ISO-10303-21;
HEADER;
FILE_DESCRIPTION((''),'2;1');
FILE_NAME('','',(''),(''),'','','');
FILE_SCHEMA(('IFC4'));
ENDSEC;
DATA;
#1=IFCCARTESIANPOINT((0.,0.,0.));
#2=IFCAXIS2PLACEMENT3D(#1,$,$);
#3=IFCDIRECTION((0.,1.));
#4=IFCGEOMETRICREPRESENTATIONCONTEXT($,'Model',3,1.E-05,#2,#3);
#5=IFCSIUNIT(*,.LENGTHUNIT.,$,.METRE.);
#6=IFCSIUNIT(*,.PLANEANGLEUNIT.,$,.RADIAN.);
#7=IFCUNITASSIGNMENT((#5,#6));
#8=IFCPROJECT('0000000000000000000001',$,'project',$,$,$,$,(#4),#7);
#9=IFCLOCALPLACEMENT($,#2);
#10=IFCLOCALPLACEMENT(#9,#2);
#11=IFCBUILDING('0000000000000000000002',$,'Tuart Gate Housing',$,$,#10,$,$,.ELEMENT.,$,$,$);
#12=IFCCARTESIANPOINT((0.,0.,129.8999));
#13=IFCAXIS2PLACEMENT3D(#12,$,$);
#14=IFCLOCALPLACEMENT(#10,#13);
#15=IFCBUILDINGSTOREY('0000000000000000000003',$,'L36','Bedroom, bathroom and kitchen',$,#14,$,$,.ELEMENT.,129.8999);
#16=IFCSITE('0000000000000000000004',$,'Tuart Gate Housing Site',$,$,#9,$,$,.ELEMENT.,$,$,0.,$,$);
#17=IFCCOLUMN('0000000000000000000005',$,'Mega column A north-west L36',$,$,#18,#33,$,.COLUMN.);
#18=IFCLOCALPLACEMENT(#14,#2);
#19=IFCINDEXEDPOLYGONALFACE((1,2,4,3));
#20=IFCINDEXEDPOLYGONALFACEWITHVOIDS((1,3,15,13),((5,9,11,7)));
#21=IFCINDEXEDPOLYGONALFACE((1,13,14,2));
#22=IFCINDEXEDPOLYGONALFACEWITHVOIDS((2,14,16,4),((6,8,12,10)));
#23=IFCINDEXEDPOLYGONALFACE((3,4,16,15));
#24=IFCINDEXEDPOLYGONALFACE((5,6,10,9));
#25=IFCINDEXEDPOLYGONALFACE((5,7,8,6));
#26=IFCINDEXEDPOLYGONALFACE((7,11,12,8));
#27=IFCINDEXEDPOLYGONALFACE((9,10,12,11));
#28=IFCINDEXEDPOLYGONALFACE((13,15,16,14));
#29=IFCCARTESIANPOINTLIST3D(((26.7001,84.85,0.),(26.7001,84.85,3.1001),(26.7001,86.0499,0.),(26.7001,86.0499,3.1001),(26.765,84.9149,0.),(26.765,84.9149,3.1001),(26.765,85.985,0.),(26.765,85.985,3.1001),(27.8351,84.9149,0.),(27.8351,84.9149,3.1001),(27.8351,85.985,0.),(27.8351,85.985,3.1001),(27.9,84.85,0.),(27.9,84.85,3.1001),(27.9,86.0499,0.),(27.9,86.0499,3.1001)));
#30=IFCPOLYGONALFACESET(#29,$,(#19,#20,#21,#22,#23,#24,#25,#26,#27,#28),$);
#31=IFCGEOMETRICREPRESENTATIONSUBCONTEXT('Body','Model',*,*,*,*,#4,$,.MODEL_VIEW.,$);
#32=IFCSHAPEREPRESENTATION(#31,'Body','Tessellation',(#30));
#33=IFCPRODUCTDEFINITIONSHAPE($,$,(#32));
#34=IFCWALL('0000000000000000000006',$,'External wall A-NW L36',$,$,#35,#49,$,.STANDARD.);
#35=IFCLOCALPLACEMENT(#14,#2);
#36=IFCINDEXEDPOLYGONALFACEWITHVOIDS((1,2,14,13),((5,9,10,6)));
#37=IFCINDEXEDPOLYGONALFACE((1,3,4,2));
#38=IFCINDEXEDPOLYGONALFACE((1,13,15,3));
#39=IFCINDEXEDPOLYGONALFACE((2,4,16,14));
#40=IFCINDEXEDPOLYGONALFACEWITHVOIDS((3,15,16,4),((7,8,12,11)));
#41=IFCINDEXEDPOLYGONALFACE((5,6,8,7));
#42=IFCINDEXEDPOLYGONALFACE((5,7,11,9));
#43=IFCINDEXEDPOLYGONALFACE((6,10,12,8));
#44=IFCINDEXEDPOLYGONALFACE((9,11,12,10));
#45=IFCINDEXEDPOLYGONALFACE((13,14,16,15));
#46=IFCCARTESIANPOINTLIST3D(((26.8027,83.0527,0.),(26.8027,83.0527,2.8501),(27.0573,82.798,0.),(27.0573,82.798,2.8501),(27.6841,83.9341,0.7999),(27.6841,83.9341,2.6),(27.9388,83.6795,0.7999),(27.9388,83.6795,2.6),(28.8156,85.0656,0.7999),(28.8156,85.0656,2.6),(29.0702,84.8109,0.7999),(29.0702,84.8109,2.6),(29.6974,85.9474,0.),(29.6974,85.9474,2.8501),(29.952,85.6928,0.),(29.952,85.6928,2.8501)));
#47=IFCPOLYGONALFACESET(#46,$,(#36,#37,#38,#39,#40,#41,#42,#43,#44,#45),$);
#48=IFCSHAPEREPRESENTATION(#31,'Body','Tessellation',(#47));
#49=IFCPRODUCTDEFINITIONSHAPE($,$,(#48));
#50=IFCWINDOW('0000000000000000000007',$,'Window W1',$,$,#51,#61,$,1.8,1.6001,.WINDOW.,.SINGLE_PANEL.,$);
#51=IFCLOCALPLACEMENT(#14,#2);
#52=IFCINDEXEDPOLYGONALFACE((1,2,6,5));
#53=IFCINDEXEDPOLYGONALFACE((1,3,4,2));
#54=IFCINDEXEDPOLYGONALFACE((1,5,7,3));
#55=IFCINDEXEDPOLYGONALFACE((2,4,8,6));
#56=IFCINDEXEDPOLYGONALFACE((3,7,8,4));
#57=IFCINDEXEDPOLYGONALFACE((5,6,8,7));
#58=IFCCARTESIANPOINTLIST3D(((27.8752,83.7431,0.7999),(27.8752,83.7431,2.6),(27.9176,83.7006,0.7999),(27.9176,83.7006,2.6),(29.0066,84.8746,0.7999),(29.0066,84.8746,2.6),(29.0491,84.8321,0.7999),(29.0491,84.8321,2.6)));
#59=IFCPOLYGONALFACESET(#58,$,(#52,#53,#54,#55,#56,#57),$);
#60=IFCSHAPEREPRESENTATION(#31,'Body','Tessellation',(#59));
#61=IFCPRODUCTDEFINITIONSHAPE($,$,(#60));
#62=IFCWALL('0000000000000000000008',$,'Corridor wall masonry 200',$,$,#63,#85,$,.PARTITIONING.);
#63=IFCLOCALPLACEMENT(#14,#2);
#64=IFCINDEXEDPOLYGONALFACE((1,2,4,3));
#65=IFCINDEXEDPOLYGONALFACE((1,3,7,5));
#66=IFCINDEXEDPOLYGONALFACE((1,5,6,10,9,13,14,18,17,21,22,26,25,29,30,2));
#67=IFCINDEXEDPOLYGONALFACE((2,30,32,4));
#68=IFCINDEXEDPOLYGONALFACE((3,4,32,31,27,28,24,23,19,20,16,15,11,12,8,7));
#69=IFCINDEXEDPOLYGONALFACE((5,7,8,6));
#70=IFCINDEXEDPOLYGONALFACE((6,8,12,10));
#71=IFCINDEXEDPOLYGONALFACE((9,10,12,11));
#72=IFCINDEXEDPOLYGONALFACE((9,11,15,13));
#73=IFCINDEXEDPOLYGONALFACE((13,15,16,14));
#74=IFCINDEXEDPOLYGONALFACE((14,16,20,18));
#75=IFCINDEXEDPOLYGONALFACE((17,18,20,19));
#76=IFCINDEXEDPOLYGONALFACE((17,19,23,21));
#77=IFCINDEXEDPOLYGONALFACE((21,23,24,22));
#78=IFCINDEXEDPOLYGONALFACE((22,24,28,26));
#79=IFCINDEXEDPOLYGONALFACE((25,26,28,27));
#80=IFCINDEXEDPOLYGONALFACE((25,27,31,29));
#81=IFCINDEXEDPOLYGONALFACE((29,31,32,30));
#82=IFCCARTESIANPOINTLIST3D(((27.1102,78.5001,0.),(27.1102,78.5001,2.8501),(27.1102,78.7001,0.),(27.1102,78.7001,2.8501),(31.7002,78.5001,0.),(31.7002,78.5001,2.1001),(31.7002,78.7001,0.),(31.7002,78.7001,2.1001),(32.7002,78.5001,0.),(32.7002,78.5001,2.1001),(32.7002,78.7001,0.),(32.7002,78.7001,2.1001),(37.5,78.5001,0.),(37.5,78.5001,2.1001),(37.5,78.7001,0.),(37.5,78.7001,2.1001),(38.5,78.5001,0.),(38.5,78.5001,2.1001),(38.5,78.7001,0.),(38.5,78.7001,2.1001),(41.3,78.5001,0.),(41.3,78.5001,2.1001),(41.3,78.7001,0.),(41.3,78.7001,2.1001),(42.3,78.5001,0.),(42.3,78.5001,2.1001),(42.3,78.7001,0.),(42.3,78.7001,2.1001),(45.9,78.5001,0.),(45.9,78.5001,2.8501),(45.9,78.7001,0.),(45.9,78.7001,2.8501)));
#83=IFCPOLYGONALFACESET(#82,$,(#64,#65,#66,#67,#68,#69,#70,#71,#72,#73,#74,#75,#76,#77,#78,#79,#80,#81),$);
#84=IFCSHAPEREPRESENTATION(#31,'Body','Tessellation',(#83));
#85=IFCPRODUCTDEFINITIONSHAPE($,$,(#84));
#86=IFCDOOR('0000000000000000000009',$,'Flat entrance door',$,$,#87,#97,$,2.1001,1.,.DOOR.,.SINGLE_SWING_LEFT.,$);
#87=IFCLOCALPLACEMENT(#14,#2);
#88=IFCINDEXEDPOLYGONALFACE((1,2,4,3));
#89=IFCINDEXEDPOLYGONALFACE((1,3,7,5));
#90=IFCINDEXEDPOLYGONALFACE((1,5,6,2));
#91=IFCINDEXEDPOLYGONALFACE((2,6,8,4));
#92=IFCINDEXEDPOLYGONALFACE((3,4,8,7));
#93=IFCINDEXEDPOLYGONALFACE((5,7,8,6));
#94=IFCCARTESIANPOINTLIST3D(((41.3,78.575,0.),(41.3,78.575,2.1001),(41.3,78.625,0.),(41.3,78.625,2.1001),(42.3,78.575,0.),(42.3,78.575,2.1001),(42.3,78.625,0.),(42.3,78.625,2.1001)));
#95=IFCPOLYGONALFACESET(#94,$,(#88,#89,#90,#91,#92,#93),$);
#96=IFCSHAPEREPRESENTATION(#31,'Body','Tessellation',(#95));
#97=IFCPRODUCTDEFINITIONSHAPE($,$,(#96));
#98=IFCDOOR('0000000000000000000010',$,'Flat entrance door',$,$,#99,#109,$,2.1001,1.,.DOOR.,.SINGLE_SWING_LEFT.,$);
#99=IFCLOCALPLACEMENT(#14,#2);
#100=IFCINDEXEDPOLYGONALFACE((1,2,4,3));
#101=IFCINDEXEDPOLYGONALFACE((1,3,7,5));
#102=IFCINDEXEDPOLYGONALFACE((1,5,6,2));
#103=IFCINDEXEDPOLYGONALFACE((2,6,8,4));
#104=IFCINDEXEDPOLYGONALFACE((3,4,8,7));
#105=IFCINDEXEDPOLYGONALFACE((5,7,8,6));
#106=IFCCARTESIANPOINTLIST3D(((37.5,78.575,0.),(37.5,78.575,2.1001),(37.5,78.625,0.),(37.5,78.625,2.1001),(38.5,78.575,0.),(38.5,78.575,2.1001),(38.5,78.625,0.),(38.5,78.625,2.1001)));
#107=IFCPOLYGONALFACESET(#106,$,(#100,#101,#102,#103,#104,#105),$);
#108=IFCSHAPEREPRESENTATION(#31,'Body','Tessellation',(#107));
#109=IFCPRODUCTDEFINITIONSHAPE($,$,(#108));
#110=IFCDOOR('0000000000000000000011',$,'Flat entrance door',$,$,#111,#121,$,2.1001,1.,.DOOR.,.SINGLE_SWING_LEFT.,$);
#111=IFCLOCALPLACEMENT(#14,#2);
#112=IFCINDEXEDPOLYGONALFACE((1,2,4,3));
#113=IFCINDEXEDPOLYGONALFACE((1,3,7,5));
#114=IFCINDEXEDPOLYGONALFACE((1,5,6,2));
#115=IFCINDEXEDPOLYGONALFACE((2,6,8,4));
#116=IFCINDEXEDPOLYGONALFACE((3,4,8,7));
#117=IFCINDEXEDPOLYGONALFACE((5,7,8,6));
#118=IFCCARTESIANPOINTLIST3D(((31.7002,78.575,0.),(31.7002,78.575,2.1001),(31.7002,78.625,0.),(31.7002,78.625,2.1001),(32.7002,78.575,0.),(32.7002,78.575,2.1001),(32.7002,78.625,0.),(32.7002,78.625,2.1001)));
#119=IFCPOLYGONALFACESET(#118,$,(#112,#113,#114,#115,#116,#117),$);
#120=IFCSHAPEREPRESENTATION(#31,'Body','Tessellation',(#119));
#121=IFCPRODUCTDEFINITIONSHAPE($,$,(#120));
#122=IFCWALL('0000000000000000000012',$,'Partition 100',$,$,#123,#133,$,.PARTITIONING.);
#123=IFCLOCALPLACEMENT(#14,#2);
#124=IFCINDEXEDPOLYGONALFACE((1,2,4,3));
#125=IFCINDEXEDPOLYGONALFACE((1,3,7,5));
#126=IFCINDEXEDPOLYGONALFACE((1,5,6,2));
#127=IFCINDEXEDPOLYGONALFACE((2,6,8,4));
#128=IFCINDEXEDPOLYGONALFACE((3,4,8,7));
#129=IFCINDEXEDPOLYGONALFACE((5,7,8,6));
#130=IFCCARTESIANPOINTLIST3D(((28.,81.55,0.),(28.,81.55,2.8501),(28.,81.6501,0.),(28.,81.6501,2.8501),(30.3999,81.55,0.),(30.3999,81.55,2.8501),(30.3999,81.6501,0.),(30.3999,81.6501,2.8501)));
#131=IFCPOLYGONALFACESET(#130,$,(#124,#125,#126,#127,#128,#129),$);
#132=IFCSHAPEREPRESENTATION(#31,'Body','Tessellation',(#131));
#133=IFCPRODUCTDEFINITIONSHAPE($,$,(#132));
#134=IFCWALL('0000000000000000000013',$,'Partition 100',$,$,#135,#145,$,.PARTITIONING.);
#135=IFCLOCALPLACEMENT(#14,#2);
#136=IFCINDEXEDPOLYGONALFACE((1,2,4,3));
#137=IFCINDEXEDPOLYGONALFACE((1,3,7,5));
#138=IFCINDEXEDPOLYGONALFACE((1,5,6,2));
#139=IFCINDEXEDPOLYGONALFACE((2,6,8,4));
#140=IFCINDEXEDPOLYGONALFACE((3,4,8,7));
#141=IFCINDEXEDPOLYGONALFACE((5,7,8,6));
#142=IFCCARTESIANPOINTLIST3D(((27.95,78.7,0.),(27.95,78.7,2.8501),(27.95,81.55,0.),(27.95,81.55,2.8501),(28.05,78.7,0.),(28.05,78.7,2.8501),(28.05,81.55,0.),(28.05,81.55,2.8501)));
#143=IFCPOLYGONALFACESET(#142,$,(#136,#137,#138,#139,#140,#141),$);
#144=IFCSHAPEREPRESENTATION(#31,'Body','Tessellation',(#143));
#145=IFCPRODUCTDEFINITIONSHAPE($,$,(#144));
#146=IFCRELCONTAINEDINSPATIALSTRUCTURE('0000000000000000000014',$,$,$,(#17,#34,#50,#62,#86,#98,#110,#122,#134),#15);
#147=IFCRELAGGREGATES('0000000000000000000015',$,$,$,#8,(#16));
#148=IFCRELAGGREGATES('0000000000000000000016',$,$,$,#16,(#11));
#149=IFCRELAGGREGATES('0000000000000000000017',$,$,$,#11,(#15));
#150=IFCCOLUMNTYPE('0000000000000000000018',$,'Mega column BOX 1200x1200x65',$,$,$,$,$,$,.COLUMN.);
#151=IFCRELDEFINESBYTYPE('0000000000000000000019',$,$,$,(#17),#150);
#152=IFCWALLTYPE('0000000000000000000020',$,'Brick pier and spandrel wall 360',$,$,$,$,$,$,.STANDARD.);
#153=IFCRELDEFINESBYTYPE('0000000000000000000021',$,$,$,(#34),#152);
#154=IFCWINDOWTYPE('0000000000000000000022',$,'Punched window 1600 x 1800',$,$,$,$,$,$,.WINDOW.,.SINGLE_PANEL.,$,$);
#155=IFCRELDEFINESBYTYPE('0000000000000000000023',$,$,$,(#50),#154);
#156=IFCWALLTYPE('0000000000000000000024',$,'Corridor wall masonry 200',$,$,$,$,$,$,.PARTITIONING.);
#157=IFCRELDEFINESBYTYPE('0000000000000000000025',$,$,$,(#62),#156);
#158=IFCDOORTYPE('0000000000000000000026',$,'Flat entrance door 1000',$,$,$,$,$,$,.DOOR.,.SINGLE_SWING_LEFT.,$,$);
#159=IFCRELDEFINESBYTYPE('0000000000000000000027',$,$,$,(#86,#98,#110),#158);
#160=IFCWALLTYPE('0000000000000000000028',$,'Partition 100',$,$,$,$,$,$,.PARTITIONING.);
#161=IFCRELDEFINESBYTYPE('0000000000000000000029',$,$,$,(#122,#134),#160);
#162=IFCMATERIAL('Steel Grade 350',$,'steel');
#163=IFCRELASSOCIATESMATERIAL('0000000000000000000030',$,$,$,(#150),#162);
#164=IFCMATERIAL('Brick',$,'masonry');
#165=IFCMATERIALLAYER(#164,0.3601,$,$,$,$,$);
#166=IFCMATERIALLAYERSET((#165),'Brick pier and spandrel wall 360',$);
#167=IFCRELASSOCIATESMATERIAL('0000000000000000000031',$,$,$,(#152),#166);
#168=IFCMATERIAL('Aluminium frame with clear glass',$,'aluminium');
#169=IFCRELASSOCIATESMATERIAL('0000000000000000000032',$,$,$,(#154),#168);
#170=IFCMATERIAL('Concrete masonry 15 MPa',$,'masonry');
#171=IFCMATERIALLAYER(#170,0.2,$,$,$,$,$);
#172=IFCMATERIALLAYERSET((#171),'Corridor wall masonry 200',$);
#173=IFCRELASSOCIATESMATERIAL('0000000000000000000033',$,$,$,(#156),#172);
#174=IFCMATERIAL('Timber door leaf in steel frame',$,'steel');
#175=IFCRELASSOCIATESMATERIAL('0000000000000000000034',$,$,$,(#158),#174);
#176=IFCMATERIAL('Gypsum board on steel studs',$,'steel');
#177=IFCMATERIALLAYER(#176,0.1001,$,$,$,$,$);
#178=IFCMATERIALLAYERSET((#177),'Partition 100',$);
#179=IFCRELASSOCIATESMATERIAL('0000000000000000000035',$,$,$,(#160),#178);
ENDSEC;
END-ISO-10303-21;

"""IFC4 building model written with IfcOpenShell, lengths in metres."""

from ifc_helpers import new_model, si_unit, direction, frame, frame_2d, origin, origin_2d, place, context, subcontext, project, spatial, rectangle, hollow_rectangle, extrude, material, layer, layer_set, material_profile, profile_set, type_object, element, fill, save


model = new_model("IFC4")

# Units and contexts
model_context = context("Model", 3, precision=1e-05, world=origin(), true_north=direction((0.0, 1.0)))
body_context = subcontext(model_context, "Body", "Model", "MODEL_VIEW")
ifc_project = project(units=[si_unit("LENGTHUNIT", "METRE"), si_unit("PLANEANGLEUNIT", "RADIAN")], contexts=[model_context])

# Site, building, storey
site_placement = place(None, origin())
site = spatial("IfcSite", under=ifc_project, at=site_placement, Name="Tuart Gate Housing Site", CompositionType="ELEMENT", RefElevation=0.0)
building_placement = place(site_placement, origin())
building = spatial("IfcBuilding", under=site, at=building_placement, Name="Tuart Gate Housing", CompositionType="ELEMENT")
storey_placement = place(building_placement, frame((0.0, 0.0, 129.8999)))
storey = spatial("IfcBuildingStorey", under=building, at=storey_placement, Name="L36", Description="Bedroom, bathroom and kitchen", CompositionType="ELEMENT", Elevation=129.8999)

# Column
ifc_material_1 = material(Name="Steel Grade 350", Category="steel")
ifc_material_profile = material_profile(ifc_material_1, hollow_rectangle(XDim=1.2, YDim=1.2, WallThickness=0.0649, at=origin_2d()), Name="BOX 1200x1200x65")
ifc_profile_set = profile_set([ifc_material_profile], Name="Steel Grade 350")
column_type = type_object("IfcColumnType", Name="Mega column BOX 1200x1200x65", PredefinedType="COLUMN", material=ifc_profile_set)
column_placement = place(storey_placement, frame((27.3, 85.45, 0.0), z_axis=(0.0, 0.0, 1.0), x_axis=(1.0, 0.0, 0.0)))
element("IfcColumn", 1, at=column_placement, inside=storey, type_object=column_type, Name="Mega column A north-west L36", PredefinedType="COLUMN", context=body_context, shape_type="SweptSolid", body=[
    extrude(hollow_rectangle(XDim=1.2, YDim=1.2, WallThickness=0.0649, at=origin_2d()), origin(), (0.0, 0.0, 1.0), 3.1001),
])

# Wall, opening, window
ifc_material_2 = material(Name="Brick", Category="masonry")
ifc_layer_1 = layer(ifc_material_2, 0.3601)
ifc_layer_set_1 = layer_set([ifc_layer_1], Name="Brick pier and spandrel wall 360")
wall_type_1 = type_object("IfcWallType", Name="Brick pier and spandrel wall 360", PredefinedType="STANDARD", material=ifc_layer_set_1)
wall_1_placement = place(storey_placement, frame((29.8247, 85.8201, 0.0), z_axis=(0.0, 0.0, 1.0), x_axis=(-0.707107, -0.707107, 0.0)))
wall_1 = element("IfcWall", 2, at=wall_1_placement, inside=storey, type_object=wall_type_1, Name="External wall A-NW L36", PredefinedType="STANDARD", context=body_context, shape_type="SweptSolid", body=[
    extrude(rectangle(XDim=4.0938, YDim=0.3601, at=frame_2d((2.0469, 0.0))), origin(), (0.0, 0.0, 1.0), 2.8501),
])
opening_1_placement = place(wall_1_placement, frame((1.2471, 0.0, 0.8)))
opening_1 = element("IfcOpeningElement", 3, at=opening_1_placement, cuts=wall_1, PredefinedType="OPENING", context=body_context, shape_type="SweptSolid", body=[
    extrude(rectangle(XDim=1.6001, YDim=1.8, at=frame_2d((0.8, 0.8999))), frame((0.0, 0.1899, 0.0), z_axis=(0.0, -1.0, 0.0), x_axis=(1.0, 0.0, 0.0)), (0.0, 0.0, 1.0), 0.3801),
])
ifc_material_3 = material(Name="Aluminium frame with clear glass", Category="aluminium")
window_type_1 = type_object("IfcWindowType", Name="Punched window 1600 x 1800", PartitioningType="SINGLE_PANEL", PredefinedType="WINDOW", material=ifc_material_3)
window_1_placement = place(opening_1_placement, origin())
window_1 = element("IfcWindow", 4, at=window_1_placement, inside=storey, type_object=window_type_1, Name="Window W1", OverallHeight=1.8, OverallWidth=1.6001, PartitioningType="SINGLE_PANEL", PredefinedType="WINDOW", context=body_context, shape_type="SweptSolid", body=[
    extrude(rectangle(XDim=1.6001, YDim=1.8, at=frame_2d((0.8, 0.8999))), frame((0.0, 0.1501, 0.0), z_axis=(0.0, -1.0, 0.0), x_axis=(1.0, 0.0, 0.0)), (0.0, 0.0, 1.0), 0.0601),
])
fill(opening_1, window_1)

# Wall, openings, doors
ifc_material_4 = material(Name="Concrete masonry 15 MPa", Category="masonry")
ifc_layer_2 = layer(ifc_material_4, 0.2)
ifc_layer_set_2 = layer_set([ifc_layer_2], Name="Corridor wall masonry 200")
wall_type_2 = type_object("IfcWallType", Name="Corridor wall masonry 200", PredefinedType="PARTITIONING", material=ifc_layer_set_2)
wall_2_placement = place(storey_placement, frame((27.1101, 78.6001, 0.0), z_axis=(0.0, 0.0, 1.0), x_axis=(1.0, 0.0, 0.0)))
wall_2 = element("IfcWall", 5, at=wall_2_placement, inside=storey, type_object=wall_type_2, Name="Corridor wall masonry 200", PredefinedType="PARTITIONING", context=body_context, shape_type="SweptSolid", body=[
    extrude(rectangle(XDim=18.7898, YDim=0.2, at=frame_2d((9.395, 0.0))), origin(), (0.0, 0.0, 1.0), 2.8501),
])
opening_2_placement = place(wall_2_placement, frame((14.1899, 0.0, 0.0)))
opening_2 = element("IfcOpeningElement", 6, at=opening_2_placement, cuts=wall_2, PredefinedType="OPENING", context=body_context, shape_type="SweptSolid", body=[
    extrude(rectangle(XDim=1.0, YDim=2.1001, at=frame_2d((0.5, 1.05))), frame((0.0, 0.1099, 0.0), z_axis=(0.0, -1.0, 0.0), x_axis=(1.0, 0.0, 0.0)), (0.0, 0.0, 1.0), 0.22),
])
opening_3_placement = place(wall_2_placement, frame((10.3899, 0.0, 0.0)))
opening_3 = element("IfcOpeningElement", 7, at=opening_3_placement, cuts=wall_2, PredefinedType="OPENING", context=body_context, shape_type="SweptSolid", body=[
    extrude(rectangle(XDim=1.0, YDim=2.1001, at=frame_2d((0.5, 1.05))), frame((0.0, 0.1099, 0.0), z_axis=(0.0, -1.0, 0.0), x_axis=(1.0, 0.0, 0.0)), (0.0, 0.0, 1.0), 0.22),
])
opening_4_placement = place(wall_2_placement, frame((4.5901, 0.0, 0.0)))
opening_4 = element("IfcOpeningElement", 8, at=opening_4_placement, cuts=wall_2, PredefinedType="OPENING", context=body_context, shape_type="SweptSolid", body=[
    extrude(rectangle(XDim=1.0, YDim=2.1001, at=frame_2d((0.5, 1.05))), frame((0.0, 0.1099, 0.0), z_axis=(0.0, -1.0, 0.0), x_axis=(1.0, 0.0, 0.0)), (0.0, 0.0, 1.0), 0.22),
])
ifc_material_5 = material(Name="Timber door leaf in steel frame", Category="steel")
door_type_1 = type_object("IfcDoorType", Name="Flat entrance door 1000", OperationType="SINGLE_SWING_LEFT", PredefinedType="DOOR", material=ifc_material_5)
door_1_placement = place(opening_2_placement, origin())
door_1 = element("IfcDoor", 9, at=door_1_placement, inside=storey, type_object=door_type_1, Name="Flat entrance door", OperationType="SINGLE_SWING_LEFT", OverallHeight=2.1001, OverallWidth=1.0, PredefinedType="DOOR", context=body_context, shape_type="SweptSolid", body=[
    extrude(rectangle(XDim=1.0, YDim=2.1001, at=frame_2d((0.5, 1.05))), frame((0.0, 0.0249, 0.0), z_axis=(0.0, -1.0, 0.0), x_axis=(1.0, 0.0, 0.0)), (0.0, 0.0, 1.0), 0.05),
])
fill(opening_2, door_1)
door_2_placement = place(opening_3_placement, origin())
door_2 = element("IfcDoor", 10, at=door_2_placement, inside=storey, type_object=door_type_1, Name="Flat entrance door", OperationType="SINGLE_SWING_LEFT", OverallHeight=2.1001, OverallWidth=1.0, PredefinedType="DOOR", context=body_context, shape_type="SweptSolid", body=[
    extrude(rectangle(XDim=1.0, YDim=2.1001, at=frame_2d((0.5, 1.05))), frame((0.0, 0.0249, 0.0), z_axis=(0.0, -1.0, 0.0), x_axis=(1.0, 0.0, 0.0)), (0.0, 0.0, 1.0), 0.05),
])
fill(opening_3, door_2)
door_3_placement = place(opening_4_placement, origin())
door_3 = element("IfcDoor", 11, at=door_3_placement, inside=storey, type_object=door_type_1, Name="Flat entrance door", OperationType="SINGLE_SWING_LEFT", OverallHeight=2.1001, OverallWidth=1.0, PredefinedType="DOOR", context=body_context, shape_type="SweptSolid", body=[
    extrude(rectangle(XDim=1.0, YDim=2.1001, at=frame_2d((0.5, 1.05))), frame((0.0, 0.0249, 0.0), z_axis=(0.0, -1.0, 0.0), x_axis=(1.0, 0.0, 0.0)), (0.0, 0.0, 1.0), 0.05),
])
fill(opening_4, door_3)

# Walls
ifc_material_6 = material(Name="Gypsum board on steel studs", Category="steel")
ifc_layer_3 = layer(ifc_material_6, 0.1001)
ifc_layer_set_3 = layer_set([ifc_layer_3], Name="Partition 100")
wall_type_3 = type_object("IfcWallType", Name="Partition 100", PredefinedType="PARTITIONING", material=ifc_layer_set_3)
wall_3_placement = place(storey_placement, frame((28.0, 81.6001, 0.0), z_axis=(0.0, 0.0, 1.0), x_axis=(1.0, 0.0, 0.0)))
element("IfcWall", 12, at=wall_3_placement, inside=storey, type_object=wall_type_3, Name="Partition 100", PredefinedType="PARTITIONING", context=body_context, shape_type="SweptSolid", body=[
    extrude(rectangle(XDim=2.3999, YDim=0.1001, at=frame_2d((1.2, 0.0))), origin(), (0.0, 0.0, 1.0), 2.8501),
])
wall_4_placement = place(storey_placement, frame((28.0, 78.7, 0.0), z_axis=(0.0, 0.0, 1.0), x_axis=(0.0, 1.0, 0.0)))
element("IfcWall", 13, at=wall_4_placement, inside=storey, type_object=wall_type_3, Name="Partition 100", PredefinedType="PARTITIONING", context=body_context, shape_type="SweptSolid", body=[
    extrude(rectangle(XDim=2.8501, YDim=0.1001, at=frame_2d((1.425, 0.0))), origin(), (0.0, 0.0, 1.0), 2.8501),
])

save(model, "model.ifc")
